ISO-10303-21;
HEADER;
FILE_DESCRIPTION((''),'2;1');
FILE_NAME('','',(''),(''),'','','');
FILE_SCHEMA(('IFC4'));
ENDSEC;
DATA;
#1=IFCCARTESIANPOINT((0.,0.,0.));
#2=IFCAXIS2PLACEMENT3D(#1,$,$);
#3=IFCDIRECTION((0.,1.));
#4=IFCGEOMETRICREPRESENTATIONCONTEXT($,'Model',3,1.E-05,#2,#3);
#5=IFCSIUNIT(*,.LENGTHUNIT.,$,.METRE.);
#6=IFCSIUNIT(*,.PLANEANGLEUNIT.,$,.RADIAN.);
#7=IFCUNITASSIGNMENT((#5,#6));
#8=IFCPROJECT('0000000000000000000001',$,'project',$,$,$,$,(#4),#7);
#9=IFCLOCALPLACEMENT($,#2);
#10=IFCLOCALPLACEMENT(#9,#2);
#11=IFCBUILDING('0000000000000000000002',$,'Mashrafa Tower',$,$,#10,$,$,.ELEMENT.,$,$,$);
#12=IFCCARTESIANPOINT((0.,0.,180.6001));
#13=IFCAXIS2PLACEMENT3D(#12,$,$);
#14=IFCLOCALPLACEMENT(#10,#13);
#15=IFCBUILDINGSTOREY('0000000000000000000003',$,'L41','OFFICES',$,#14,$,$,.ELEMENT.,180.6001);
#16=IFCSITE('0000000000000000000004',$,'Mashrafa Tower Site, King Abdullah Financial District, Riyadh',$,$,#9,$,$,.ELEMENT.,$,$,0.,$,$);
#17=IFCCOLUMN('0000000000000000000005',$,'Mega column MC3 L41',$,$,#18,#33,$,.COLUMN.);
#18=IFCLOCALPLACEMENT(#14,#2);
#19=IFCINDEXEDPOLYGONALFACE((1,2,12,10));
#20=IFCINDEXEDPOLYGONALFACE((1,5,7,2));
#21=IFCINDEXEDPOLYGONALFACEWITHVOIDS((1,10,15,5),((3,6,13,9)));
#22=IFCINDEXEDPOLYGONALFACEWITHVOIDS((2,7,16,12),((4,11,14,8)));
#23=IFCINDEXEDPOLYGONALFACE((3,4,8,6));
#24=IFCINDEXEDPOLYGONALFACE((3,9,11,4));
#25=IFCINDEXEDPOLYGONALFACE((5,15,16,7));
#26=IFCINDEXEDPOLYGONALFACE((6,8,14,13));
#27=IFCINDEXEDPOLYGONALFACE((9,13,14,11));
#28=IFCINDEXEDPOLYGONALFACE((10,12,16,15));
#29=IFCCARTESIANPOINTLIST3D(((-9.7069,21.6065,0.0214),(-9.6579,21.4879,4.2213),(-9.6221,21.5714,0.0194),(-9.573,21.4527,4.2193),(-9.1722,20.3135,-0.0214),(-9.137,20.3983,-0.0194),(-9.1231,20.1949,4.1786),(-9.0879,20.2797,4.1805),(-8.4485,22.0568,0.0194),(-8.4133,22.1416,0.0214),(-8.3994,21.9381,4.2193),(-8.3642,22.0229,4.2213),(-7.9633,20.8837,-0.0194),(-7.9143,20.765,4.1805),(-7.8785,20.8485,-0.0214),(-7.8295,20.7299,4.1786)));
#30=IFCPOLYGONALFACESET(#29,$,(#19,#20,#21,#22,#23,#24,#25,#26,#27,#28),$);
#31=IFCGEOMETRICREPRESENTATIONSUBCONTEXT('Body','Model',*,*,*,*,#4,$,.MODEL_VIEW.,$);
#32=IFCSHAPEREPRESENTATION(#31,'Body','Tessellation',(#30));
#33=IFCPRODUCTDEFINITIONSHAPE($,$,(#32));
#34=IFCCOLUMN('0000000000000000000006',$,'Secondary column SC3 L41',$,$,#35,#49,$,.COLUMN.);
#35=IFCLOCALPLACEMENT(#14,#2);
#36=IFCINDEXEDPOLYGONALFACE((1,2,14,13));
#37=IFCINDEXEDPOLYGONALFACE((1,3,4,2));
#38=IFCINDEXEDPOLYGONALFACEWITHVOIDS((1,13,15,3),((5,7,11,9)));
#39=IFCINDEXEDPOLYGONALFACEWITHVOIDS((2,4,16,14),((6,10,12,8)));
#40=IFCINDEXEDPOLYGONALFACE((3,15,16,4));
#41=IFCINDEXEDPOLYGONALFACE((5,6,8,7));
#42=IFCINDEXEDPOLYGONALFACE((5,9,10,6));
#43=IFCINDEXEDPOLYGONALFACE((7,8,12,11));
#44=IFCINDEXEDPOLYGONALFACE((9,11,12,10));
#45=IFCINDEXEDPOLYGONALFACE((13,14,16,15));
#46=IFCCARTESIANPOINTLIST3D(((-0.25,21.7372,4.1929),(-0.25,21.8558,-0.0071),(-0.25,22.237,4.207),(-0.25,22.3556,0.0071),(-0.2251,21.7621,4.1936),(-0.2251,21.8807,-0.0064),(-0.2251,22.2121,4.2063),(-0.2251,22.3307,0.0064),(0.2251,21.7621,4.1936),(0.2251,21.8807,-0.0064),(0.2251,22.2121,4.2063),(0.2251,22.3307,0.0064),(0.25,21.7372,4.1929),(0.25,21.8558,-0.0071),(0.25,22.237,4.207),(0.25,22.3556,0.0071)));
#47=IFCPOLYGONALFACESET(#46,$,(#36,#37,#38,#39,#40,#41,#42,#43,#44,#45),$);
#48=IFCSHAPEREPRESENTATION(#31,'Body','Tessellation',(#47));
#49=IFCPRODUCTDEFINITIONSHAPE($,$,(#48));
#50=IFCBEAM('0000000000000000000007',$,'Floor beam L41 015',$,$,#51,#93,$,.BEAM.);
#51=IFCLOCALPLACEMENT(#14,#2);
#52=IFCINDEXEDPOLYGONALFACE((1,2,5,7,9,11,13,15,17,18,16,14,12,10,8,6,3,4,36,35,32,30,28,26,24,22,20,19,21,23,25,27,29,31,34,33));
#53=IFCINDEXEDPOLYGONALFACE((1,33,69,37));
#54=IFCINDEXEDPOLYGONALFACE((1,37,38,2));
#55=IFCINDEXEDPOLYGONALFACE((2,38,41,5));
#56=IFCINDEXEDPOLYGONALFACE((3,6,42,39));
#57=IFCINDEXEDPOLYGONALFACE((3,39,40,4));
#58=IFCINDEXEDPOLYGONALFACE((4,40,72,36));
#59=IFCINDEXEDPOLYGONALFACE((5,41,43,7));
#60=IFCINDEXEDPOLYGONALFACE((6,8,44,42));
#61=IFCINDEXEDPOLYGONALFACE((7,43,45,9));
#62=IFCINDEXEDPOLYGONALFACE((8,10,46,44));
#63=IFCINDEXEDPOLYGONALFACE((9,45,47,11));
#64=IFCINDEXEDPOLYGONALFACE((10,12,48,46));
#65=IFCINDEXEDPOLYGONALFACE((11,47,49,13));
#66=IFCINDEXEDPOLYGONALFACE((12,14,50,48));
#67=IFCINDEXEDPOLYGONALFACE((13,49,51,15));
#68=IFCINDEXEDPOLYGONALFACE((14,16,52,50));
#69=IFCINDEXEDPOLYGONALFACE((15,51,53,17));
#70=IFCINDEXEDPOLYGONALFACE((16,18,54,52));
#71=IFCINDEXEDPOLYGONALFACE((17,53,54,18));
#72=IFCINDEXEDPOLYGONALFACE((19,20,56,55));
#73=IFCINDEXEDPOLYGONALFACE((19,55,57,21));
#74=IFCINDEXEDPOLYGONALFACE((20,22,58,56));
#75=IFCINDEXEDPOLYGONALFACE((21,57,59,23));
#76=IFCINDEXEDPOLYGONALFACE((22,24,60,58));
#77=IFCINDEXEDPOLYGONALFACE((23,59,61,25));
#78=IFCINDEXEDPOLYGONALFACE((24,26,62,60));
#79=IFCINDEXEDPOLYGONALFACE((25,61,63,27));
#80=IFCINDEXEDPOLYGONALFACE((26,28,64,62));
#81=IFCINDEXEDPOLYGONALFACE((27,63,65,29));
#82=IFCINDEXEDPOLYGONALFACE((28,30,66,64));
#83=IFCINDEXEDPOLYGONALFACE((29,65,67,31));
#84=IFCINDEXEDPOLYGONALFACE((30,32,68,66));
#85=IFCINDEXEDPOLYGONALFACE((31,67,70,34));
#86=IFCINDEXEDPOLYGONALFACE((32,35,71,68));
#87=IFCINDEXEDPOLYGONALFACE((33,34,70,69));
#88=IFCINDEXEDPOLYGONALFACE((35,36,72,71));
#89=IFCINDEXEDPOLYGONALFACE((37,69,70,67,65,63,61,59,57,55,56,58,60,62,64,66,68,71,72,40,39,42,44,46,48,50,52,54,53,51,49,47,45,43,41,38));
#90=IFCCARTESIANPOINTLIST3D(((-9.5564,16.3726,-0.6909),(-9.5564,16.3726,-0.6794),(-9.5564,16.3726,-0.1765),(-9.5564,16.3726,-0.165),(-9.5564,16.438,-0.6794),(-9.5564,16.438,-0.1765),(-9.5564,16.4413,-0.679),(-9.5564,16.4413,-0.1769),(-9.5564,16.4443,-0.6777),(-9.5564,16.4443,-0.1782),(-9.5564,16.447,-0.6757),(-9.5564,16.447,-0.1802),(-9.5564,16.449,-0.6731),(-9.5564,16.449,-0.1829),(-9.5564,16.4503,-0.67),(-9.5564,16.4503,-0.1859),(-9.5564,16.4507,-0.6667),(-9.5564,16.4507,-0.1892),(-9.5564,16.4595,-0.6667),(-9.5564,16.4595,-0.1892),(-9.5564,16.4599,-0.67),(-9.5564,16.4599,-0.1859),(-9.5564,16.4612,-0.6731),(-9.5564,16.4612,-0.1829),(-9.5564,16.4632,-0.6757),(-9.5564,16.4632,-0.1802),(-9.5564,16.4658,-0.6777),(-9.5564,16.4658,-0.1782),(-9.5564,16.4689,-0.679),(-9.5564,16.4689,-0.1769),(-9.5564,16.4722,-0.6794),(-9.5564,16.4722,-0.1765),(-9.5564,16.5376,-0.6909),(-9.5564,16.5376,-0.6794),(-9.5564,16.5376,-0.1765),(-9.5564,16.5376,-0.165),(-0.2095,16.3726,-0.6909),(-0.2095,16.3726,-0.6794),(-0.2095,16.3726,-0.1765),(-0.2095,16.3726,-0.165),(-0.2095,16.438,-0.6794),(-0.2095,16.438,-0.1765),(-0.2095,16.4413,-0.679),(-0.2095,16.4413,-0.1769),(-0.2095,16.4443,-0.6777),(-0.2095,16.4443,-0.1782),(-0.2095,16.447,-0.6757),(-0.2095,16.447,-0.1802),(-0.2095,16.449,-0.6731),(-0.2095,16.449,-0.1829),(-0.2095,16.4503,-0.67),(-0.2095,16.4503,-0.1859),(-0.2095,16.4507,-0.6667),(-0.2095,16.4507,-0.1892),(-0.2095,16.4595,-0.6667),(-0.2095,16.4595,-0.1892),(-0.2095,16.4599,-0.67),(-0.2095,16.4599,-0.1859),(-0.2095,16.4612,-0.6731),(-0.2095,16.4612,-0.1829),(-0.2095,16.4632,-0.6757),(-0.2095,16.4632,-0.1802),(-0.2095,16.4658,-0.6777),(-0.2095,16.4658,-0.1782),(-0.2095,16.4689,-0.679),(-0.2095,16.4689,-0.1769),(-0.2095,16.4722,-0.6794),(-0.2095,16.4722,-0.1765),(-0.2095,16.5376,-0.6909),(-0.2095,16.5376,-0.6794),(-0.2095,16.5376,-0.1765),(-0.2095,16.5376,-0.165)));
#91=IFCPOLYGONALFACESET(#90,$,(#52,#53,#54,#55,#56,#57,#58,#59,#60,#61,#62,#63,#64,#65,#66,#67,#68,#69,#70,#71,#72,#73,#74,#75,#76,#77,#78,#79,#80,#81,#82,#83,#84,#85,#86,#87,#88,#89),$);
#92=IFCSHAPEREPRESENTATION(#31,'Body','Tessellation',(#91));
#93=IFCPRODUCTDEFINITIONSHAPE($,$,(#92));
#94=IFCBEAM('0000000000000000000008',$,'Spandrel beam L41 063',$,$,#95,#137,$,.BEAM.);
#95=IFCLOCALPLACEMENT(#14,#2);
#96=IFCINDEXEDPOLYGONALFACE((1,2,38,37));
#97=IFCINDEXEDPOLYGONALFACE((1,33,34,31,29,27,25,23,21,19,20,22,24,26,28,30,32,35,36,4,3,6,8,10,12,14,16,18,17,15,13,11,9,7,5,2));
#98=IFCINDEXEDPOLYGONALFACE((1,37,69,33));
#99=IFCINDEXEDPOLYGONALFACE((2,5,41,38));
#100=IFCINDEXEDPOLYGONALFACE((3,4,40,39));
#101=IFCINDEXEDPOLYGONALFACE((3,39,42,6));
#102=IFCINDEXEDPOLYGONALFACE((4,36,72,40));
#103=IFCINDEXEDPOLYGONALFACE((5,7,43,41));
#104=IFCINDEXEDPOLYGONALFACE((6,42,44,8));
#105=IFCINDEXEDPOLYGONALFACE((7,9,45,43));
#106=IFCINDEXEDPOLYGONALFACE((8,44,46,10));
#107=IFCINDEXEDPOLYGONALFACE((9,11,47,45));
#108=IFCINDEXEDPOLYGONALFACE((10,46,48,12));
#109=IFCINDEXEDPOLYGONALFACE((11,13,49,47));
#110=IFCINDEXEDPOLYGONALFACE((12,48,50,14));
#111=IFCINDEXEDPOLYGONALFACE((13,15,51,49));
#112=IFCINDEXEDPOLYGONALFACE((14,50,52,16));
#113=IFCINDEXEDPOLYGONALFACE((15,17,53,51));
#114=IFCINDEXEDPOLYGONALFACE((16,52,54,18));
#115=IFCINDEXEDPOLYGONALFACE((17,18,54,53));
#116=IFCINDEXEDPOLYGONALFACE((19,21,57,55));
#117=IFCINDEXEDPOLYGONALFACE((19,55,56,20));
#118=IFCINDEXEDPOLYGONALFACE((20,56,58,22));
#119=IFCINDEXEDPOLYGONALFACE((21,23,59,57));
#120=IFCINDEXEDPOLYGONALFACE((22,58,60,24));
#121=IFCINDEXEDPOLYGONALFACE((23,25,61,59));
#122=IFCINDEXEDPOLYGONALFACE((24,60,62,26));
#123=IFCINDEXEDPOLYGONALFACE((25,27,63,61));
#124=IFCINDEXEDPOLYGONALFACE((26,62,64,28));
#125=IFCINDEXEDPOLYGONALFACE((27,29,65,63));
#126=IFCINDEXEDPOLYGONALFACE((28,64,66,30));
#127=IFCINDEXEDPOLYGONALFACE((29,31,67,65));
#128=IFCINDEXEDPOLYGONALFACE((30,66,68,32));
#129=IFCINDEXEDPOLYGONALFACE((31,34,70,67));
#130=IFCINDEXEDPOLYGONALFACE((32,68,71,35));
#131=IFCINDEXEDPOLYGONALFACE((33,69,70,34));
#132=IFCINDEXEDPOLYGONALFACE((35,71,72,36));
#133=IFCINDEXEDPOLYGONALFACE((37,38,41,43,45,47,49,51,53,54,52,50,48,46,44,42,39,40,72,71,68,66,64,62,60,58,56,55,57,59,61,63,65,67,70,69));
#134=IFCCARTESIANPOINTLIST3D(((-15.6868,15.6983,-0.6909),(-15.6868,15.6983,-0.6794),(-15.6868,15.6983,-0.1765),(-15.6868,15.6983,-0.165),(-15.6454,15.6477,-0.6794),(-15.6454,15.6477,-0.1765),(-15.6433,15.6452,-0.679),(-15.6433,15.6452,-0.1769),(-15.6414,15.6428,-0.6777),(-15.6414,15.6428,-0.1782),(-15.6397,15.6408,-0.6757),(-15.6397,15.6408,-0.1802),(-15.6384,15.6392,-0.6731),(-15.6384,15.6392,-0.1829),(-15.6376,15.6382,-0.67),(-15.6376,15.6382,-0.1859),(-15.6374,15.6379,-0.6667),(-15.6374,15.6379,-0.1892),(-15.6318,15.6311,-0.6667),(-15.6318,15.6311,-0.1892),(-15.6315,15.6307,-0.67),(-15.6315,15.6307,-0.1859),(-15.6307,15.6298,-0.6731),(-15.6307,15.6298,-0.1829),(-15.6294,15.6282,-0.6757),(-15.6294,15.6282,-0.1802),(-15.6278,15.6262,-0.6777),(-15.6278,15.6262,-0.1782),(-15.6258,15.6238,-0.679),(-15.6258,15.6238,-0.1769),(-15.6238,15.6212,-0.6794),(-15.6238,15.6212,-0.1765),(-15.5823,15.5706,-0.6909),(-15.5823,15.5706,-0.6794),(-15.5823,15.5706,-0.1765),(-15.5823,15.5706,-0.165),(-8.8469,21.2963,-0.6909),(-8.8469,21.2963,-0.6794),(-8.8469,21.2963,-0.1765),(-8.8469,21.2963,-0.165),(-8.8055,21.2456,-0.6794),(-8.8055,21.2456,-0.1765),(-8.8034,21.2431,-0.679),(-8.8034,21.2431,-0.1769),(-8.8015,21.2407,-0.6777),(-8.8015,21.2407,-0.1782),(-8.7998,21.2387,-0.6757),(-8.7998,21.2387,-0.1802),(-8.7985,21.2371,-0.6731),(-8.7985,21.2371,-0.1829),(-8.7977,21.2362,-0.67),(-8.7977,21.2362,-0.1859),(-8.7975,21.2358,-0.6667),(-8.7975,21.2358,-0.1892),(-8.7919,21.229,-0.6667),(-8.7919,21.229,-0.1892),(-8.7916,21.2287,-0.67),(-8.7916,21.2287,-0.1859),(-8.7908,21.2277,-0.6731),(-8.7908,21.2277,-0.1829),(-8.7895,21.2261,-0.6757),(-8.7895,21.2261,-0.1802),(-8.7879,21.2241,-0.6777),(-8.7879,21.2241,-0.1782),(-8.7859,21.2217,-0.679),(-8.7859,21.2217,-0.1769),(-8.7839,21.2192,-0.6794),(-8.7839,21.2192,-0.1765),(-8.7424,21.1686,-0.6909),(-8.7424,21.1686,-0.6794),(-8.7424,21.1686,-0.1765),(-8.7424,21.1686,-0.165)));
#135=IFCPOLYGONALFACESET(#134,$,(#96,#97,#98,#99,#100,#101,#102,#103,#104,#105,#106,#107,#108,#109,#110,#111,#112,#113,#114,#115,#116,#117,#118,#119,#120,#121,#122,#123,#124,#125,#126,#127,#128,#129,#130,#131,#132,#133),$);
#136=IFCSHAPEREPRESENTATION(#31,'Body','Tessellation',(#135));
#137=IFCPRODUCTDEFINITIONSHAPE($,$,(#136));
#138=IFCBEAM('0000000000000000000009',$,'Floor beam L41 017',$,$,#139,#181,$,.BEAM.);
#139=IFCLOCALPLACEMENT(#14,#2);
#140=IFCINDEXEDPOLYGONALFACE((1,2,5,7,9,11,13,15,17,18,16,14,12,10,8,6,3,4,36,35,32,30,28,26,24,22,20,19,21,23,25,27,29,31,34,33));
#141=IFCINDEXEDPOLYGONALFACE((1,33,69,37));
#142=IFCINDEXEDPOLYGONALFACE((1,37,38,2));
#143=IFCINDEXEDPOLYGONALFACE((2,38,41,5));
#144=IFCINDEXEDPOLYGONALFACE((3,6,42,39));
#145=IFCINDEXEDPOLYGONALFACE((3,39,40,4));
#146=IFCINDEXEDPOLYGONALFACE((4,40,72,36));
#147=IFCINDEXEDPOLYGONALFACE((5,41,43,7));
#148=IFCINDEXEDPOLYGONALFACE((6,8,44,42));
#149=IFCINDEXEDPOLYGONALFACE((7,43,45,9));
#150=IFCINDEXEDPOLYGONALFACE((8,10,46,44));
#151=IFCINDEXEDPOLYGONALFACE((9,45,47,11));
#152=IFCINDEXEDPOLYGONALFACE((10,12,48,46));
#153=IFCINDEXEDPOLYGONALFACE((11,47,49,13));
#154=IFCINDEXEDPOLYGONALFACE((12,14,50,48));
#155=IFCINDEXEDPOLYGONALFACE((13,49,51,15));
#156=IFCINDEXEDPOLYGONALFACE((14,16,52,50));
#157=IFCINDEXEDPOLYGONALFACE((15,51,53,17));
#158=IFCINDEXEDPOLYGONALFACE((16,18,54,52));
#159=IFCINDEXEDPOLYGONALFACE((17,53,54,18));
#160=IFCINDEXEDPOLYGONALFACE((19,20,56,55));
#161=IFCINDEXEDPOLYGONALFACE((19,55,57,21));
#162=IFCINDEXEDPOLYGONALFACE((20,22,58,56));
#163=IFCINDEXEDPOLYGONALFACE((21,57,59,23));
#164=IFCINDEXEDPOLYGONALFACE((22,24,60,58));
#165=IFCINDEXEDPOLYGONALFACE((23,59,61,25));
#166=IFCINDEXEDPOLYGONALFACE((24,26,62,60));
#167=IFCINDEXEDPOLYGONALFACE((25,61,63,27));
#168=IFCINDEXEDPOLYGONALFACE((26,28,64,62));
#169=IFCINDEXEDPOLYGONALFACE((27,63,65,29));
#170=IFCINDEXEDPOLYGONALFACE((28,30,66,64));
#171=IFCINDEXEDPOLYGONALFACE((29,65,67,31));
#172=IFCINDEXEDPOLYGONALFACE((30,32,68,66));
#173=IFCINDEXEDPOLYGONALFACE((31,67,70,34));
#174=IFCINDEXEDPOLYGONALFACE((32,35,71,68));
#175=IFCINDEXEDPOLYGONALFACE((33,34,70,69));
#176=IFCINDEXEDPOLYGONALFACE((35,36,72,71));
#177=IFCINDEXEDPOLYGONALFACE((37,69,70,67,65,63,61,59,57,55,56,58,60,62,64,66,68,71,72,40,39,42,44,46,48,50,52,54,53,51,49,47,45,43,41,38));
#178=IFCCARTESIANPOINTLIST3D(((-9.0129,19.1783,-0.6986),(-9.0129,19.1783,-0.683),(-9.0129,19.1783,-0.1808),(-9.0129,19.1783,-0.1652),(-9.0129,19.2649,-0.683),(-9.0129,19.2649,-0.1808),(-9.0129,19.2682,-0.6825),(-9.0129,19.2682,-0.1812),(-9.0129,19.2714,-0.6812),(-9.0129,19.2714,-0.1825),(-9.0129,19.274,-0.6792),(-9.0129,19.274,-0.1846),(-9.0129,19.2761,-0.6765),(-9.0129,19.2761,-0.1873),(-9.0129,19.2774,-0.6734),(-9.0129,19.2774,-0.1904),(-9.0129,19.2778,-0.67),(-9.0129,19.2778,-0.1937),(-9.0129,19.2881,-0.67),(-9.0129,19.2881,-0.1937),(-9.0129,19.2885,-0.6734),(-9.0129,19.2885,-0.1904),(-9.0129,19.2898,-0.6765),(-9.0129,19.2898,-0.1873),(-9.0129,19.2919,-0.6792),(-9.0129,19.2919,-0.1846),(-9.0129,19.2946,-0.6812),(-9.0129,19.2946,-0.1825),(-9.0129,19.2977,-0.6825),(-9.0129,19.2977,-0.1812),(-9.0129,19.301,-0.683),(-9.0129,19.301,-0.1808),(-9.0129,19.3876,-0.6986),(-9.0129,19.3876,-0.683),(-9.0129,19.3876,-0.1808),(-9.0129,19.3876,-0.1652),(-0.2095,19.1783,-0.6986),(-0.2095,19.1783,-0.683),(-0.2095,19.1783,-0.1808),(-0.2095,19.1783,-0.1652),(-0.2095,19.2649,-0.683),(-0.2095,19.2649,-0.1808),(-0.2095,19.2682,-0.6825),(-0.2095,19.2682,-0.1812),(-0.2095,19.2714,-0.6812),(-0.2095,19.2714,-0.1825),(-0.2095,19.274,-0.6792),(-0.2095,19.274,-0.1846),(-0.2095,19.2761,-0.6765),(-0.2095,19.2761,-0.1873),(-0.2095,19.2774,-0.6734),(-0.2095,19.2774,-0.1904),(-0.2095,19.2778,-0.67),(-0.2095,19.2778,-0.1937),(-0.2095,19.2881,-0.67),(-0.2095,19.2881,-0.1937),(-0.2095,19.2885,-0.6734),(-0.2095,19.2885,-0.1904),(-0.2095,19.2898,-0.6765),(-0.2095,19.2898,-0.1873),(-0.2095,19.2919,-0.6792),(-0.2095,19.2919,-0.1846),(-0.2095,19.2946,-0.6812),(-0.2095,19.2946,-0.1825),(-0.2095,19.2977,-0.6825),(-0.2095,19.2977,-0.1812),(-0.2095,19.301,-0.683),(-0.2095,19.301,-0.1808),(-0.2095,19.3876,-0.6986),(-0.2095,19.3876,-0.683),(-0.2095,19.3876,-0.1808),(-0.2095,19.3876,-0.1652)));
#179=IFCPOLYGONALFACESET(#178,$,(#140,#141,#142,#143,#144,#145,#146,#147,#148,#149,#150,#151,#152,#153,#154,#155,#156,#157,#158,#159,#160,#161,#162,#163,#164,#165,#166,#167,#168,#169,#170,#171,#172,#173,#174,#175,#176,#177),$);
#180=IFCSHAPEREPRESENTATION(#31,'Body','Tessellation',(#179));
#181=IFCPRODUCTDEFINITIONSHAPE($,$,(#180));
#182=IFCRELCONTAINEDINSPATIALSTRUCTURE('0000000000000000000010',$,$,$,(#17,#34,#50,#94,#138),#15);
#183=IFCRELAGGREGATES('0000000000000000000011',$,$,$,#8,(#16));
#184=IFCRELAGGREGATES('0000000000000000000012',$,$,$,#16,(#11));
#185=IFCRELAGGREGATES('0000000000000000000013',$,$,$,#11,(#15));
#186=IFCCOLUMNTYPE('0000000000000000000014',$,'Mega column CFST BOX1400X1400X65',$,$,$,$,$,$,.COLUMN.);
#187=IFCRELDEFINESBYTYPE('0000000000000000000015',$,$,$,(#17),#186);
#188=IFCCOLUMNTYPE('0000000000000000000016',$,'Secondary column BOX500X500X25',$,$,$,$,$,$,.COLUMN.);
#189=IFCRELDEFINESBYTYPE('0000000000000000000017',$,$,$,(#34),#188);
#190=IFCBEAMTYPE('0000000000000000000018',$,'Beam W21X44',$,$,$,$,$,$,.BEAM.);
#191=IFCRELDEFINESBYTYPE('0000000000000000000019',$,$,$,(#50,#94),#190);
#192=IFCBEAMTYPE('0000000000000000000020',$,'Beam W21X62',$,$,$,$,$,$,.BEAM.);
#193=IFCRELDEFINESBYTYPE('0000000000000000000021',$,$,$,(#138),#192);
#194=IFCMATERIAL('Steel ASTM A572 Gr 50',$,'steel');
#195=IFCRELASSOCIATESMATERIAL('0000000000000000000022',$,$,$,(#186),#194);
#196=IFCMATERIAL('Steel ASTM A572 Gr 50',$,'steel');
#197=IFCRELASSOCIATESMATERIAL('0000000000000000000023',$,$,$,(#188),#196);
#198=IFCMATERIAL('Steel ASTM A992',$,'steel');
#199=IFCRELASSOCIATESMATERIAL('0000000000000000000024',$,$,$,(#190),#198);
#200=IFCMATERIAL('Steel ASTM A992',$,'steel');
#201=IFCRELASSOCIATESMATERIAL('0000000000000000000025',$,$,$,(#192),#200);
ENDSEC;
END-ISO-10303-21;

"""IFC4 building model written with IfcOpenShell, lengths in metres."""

from ifc_helpers import new_model, si_unit, direction, frame, origin, origin_2d, place, context, subcontext, project, spatial, hollow_rectangle, i_section, extrude, material, material_profile, profile_set, type_object, element, save


model = new_model("IFC4")

# Units and contexts
model_context = context("Model", 3, precision=1e-05, world=origin(), true_north=direction((0.0, 1.0)))
body_context = subcontext(model_context, "Body", "Model", "MODEL_VIEW")
ifc_project = project(units=[si_unit("LENGTHUNIT", "METRE"), si_unit("PLANEANGLEUNIT", "RADIAN")], contexts=[model_context])

# Site, building, storey
site_placement = place(None, origin())
site = spatial("IfcSite", under=ifc_project, at=site_placement, Name="Mashrafa Tower Site, King Abdullah Financial District, Riyadh", CompositionType="ELEMENT", RefElevation=0.0)
building_placement = place(site_placement, origin())
building = spatial("IfcBuilding", under=site, at=building_placement, Name="Mashrafa Tower", CompositionType="ELEMENT")
storey_placement = place(building_placement, frame((0.0, 0.0, 180.6001)))
storey = spatial("IfcBuildingStorey", under=building, at=storey_placement, Name="L41", Description="OFFICES", CompositionType="ELEMENT", Elevation=180.6001)

# Columns
ifc_material_1 = material(Name="Steel ASTM A572 Gr 50", Category="steel")
ifc_material_profile_1 = material_profile(ifc_material_1, hollow_rectangle(XDim=1.3999, YDim=1.3999, WallThickness=0.0649, at=origin_2d()), Name="BOX1400X1400X65")
ifc_profile_set_1 = profile_set([ifc_material_profile_1], Name="Steel ASTM A572 Gr 50")
column_type_1 = type_object("IfcColumnType", Name="Mega column CFST BOX1400X1400X65", PredefinedType="COLUMN", material=ifc_profile_set_1)
column_1_placement = place(storey_placement, frame((-8.7927, 21.2275, 0.0), z_axis=(0.011679, -0.028238, 0.999533), x_axis=(0.924086, 0.382184, 0.0)))
element("IfcColumn", 1, at=column_1_placement, inside=storey, type_object=column_type_1, Name="Mega column MC3 L41", PredefinedType="COLUMN", context=body_context, shape_type="SweptSolid", body=[
    extrude(hollow_rectangle(XDim=1.3999, YDim=1.3999, WallThickness=0.0649, at=origin_2d()), origin(), (0.0, 0.0, 1.0), 4.2019),
])
ifc_material_2 = material(Name="Steel ASTM A572 Gr 50", Category="steel")
ifc_material_profile_2 = material_profile(ifc_material_2, hollow_rectangle(XDim=0.5, YDim=0.5, WallThickness=0.0249, at=origin_2d()), Name="BOX500X500X25")
ifc_profile_set_2 = profile_set([ifc_material_profile_2], Name="Steel ASTM A572 Gr 50")
column_type_2 = type_object("IfcColumnType", Name="Secondary column BOX500X500X25", PredefinedType="COLUMN", material=ifc_profile_set_2)
column_2_placement = place(storey_placement, frame((0.0, 22.1057, 0.0), z_axis=(0.0, -0.02824, 0.999601), x_axis=(1.0, 0.0, 0.0)))
element("IfcColumn", 2, at=column_2_placement, inside=storey, type_object=column_type_2, Name="Secondary column SC3 L41", PredefinedType="COLUMN", context=body_context, shape_type="SweptSolid", body=[
    extrude(hollow_rectangle(XDim=0.5, YDim=0.5, WallThickness=0.0249, at=origin_2d()), origin(), (0.0, 0.0, 1.0), 4.2017),
])

# Beams
ifc_material_3 = material(Name="Steel ASTM A992", Category="steel")
ifc_material_profile_3 = material_profile(ifc_material_3, i_section(OverallWidth=0.165, OverallDepth=0.5259, WebThickness=0.0088, FlangeThickness=0.0115, FilletRadius=0.0127, at=origin_2d()), Name="W21X44")
ifc_profile_set_3 = profile_set([ifc_material_profile_3], Name="Steel ASTM A992")
beam_type_1 = type_object("IfcBeamType", Name="Beam W21X44", PredefinedType="BEAM", material=ifc_profile_set_3)
beam_1_placement = place(storey_placement, frame((-9.5564, 16.4551, -0.428), z_axis=(1.0, 0.0, 0.0), x_axis=(0.0, 1.0, 0.0)))
element("IfcBeam", 3, at=beam_1_placement, inside=storey, type_object=beam_type_1, Name="Floor beam L41 015", PredefinedType="BEAM", context=body_context, shape_type="SweptSolid", body=[
    extrude(i_section(OverallWidth=0.165, OverallDepth=0.5259, WebThickness=0.0088, FlangeThickness=0.0115, FilletRadius=0.0127, at=origin_2d()), origin(), (0.0, 0.0, 1.0), 9.3469),
])
beam_2_placement = place(storey_placement, frame((-8.7947, 21.2324, -0.428), z_axis=(-0.773865, -0.633351, 0.0), x_axis=(0.633351, -0.773865, 0.0)))
element("IfcBeam", 4, at=beam_2_placement, inside=storey, type_object=beam_type_1, Name="Spandrel beam L41 063", PredefinedType="BEAM", context=body_context, shape_type="SweptSolid", body=[
    extrude(i_section(OverallWidth=0.165, OverallDepth=0.5259, WebThickness=0.0088, FlangeThickness=0.0115, FilletRadius=0.0127, at=origin_2d()), origin(), (0.0, 0.0, 1.0), 8.8386),
])
ifc_material_4 = material(Name="Steel ASTM A992", Category="steel")
ifc_material_profile_4 = material_profile(ifc_material_4, i_section(OverallWidth=0.2092, OverallDepth=0.5334, WebThickness=0.0103, FlangeThickness=0.0156, FilletRadius=0.0129, at=origin_2d()), Name="W21X62")
ifc_profile_set_4 = profile_set([ifc_material_profile_4], Name="Steel ASTM A992")
beam_type_2 = type_object("IfcBeamType", Name="Beam W21X62", PredefinedType="BEAM", material=ifc_profile_set_4)
beam_3_placement = place(storey_placement, frame((-9.0129, 19.283, -0.4319), z_axis=(1.0, 0.0, 0.0), x_axis=(0.0, 1.0, 0.0)))
element("IfcBeam", 5, at=beam_3_placement, inside=storey, type_object=beam_type_2, Name="Floor beam L41 017", PredefinedType="BEAM", context=body_context, shape_type="SweptSolid", body=[
    extrude(i_section(OverallWidth=0.2092, OverallDepth=0.5334, WebThickness=0.0103, FlangeThickness=0.0156, FilletRadius=0.0129, at=origin_2d()), origin(), (0.0, 0.0, 1.0), 8.8035),
])

save(model, "model.ifc")
